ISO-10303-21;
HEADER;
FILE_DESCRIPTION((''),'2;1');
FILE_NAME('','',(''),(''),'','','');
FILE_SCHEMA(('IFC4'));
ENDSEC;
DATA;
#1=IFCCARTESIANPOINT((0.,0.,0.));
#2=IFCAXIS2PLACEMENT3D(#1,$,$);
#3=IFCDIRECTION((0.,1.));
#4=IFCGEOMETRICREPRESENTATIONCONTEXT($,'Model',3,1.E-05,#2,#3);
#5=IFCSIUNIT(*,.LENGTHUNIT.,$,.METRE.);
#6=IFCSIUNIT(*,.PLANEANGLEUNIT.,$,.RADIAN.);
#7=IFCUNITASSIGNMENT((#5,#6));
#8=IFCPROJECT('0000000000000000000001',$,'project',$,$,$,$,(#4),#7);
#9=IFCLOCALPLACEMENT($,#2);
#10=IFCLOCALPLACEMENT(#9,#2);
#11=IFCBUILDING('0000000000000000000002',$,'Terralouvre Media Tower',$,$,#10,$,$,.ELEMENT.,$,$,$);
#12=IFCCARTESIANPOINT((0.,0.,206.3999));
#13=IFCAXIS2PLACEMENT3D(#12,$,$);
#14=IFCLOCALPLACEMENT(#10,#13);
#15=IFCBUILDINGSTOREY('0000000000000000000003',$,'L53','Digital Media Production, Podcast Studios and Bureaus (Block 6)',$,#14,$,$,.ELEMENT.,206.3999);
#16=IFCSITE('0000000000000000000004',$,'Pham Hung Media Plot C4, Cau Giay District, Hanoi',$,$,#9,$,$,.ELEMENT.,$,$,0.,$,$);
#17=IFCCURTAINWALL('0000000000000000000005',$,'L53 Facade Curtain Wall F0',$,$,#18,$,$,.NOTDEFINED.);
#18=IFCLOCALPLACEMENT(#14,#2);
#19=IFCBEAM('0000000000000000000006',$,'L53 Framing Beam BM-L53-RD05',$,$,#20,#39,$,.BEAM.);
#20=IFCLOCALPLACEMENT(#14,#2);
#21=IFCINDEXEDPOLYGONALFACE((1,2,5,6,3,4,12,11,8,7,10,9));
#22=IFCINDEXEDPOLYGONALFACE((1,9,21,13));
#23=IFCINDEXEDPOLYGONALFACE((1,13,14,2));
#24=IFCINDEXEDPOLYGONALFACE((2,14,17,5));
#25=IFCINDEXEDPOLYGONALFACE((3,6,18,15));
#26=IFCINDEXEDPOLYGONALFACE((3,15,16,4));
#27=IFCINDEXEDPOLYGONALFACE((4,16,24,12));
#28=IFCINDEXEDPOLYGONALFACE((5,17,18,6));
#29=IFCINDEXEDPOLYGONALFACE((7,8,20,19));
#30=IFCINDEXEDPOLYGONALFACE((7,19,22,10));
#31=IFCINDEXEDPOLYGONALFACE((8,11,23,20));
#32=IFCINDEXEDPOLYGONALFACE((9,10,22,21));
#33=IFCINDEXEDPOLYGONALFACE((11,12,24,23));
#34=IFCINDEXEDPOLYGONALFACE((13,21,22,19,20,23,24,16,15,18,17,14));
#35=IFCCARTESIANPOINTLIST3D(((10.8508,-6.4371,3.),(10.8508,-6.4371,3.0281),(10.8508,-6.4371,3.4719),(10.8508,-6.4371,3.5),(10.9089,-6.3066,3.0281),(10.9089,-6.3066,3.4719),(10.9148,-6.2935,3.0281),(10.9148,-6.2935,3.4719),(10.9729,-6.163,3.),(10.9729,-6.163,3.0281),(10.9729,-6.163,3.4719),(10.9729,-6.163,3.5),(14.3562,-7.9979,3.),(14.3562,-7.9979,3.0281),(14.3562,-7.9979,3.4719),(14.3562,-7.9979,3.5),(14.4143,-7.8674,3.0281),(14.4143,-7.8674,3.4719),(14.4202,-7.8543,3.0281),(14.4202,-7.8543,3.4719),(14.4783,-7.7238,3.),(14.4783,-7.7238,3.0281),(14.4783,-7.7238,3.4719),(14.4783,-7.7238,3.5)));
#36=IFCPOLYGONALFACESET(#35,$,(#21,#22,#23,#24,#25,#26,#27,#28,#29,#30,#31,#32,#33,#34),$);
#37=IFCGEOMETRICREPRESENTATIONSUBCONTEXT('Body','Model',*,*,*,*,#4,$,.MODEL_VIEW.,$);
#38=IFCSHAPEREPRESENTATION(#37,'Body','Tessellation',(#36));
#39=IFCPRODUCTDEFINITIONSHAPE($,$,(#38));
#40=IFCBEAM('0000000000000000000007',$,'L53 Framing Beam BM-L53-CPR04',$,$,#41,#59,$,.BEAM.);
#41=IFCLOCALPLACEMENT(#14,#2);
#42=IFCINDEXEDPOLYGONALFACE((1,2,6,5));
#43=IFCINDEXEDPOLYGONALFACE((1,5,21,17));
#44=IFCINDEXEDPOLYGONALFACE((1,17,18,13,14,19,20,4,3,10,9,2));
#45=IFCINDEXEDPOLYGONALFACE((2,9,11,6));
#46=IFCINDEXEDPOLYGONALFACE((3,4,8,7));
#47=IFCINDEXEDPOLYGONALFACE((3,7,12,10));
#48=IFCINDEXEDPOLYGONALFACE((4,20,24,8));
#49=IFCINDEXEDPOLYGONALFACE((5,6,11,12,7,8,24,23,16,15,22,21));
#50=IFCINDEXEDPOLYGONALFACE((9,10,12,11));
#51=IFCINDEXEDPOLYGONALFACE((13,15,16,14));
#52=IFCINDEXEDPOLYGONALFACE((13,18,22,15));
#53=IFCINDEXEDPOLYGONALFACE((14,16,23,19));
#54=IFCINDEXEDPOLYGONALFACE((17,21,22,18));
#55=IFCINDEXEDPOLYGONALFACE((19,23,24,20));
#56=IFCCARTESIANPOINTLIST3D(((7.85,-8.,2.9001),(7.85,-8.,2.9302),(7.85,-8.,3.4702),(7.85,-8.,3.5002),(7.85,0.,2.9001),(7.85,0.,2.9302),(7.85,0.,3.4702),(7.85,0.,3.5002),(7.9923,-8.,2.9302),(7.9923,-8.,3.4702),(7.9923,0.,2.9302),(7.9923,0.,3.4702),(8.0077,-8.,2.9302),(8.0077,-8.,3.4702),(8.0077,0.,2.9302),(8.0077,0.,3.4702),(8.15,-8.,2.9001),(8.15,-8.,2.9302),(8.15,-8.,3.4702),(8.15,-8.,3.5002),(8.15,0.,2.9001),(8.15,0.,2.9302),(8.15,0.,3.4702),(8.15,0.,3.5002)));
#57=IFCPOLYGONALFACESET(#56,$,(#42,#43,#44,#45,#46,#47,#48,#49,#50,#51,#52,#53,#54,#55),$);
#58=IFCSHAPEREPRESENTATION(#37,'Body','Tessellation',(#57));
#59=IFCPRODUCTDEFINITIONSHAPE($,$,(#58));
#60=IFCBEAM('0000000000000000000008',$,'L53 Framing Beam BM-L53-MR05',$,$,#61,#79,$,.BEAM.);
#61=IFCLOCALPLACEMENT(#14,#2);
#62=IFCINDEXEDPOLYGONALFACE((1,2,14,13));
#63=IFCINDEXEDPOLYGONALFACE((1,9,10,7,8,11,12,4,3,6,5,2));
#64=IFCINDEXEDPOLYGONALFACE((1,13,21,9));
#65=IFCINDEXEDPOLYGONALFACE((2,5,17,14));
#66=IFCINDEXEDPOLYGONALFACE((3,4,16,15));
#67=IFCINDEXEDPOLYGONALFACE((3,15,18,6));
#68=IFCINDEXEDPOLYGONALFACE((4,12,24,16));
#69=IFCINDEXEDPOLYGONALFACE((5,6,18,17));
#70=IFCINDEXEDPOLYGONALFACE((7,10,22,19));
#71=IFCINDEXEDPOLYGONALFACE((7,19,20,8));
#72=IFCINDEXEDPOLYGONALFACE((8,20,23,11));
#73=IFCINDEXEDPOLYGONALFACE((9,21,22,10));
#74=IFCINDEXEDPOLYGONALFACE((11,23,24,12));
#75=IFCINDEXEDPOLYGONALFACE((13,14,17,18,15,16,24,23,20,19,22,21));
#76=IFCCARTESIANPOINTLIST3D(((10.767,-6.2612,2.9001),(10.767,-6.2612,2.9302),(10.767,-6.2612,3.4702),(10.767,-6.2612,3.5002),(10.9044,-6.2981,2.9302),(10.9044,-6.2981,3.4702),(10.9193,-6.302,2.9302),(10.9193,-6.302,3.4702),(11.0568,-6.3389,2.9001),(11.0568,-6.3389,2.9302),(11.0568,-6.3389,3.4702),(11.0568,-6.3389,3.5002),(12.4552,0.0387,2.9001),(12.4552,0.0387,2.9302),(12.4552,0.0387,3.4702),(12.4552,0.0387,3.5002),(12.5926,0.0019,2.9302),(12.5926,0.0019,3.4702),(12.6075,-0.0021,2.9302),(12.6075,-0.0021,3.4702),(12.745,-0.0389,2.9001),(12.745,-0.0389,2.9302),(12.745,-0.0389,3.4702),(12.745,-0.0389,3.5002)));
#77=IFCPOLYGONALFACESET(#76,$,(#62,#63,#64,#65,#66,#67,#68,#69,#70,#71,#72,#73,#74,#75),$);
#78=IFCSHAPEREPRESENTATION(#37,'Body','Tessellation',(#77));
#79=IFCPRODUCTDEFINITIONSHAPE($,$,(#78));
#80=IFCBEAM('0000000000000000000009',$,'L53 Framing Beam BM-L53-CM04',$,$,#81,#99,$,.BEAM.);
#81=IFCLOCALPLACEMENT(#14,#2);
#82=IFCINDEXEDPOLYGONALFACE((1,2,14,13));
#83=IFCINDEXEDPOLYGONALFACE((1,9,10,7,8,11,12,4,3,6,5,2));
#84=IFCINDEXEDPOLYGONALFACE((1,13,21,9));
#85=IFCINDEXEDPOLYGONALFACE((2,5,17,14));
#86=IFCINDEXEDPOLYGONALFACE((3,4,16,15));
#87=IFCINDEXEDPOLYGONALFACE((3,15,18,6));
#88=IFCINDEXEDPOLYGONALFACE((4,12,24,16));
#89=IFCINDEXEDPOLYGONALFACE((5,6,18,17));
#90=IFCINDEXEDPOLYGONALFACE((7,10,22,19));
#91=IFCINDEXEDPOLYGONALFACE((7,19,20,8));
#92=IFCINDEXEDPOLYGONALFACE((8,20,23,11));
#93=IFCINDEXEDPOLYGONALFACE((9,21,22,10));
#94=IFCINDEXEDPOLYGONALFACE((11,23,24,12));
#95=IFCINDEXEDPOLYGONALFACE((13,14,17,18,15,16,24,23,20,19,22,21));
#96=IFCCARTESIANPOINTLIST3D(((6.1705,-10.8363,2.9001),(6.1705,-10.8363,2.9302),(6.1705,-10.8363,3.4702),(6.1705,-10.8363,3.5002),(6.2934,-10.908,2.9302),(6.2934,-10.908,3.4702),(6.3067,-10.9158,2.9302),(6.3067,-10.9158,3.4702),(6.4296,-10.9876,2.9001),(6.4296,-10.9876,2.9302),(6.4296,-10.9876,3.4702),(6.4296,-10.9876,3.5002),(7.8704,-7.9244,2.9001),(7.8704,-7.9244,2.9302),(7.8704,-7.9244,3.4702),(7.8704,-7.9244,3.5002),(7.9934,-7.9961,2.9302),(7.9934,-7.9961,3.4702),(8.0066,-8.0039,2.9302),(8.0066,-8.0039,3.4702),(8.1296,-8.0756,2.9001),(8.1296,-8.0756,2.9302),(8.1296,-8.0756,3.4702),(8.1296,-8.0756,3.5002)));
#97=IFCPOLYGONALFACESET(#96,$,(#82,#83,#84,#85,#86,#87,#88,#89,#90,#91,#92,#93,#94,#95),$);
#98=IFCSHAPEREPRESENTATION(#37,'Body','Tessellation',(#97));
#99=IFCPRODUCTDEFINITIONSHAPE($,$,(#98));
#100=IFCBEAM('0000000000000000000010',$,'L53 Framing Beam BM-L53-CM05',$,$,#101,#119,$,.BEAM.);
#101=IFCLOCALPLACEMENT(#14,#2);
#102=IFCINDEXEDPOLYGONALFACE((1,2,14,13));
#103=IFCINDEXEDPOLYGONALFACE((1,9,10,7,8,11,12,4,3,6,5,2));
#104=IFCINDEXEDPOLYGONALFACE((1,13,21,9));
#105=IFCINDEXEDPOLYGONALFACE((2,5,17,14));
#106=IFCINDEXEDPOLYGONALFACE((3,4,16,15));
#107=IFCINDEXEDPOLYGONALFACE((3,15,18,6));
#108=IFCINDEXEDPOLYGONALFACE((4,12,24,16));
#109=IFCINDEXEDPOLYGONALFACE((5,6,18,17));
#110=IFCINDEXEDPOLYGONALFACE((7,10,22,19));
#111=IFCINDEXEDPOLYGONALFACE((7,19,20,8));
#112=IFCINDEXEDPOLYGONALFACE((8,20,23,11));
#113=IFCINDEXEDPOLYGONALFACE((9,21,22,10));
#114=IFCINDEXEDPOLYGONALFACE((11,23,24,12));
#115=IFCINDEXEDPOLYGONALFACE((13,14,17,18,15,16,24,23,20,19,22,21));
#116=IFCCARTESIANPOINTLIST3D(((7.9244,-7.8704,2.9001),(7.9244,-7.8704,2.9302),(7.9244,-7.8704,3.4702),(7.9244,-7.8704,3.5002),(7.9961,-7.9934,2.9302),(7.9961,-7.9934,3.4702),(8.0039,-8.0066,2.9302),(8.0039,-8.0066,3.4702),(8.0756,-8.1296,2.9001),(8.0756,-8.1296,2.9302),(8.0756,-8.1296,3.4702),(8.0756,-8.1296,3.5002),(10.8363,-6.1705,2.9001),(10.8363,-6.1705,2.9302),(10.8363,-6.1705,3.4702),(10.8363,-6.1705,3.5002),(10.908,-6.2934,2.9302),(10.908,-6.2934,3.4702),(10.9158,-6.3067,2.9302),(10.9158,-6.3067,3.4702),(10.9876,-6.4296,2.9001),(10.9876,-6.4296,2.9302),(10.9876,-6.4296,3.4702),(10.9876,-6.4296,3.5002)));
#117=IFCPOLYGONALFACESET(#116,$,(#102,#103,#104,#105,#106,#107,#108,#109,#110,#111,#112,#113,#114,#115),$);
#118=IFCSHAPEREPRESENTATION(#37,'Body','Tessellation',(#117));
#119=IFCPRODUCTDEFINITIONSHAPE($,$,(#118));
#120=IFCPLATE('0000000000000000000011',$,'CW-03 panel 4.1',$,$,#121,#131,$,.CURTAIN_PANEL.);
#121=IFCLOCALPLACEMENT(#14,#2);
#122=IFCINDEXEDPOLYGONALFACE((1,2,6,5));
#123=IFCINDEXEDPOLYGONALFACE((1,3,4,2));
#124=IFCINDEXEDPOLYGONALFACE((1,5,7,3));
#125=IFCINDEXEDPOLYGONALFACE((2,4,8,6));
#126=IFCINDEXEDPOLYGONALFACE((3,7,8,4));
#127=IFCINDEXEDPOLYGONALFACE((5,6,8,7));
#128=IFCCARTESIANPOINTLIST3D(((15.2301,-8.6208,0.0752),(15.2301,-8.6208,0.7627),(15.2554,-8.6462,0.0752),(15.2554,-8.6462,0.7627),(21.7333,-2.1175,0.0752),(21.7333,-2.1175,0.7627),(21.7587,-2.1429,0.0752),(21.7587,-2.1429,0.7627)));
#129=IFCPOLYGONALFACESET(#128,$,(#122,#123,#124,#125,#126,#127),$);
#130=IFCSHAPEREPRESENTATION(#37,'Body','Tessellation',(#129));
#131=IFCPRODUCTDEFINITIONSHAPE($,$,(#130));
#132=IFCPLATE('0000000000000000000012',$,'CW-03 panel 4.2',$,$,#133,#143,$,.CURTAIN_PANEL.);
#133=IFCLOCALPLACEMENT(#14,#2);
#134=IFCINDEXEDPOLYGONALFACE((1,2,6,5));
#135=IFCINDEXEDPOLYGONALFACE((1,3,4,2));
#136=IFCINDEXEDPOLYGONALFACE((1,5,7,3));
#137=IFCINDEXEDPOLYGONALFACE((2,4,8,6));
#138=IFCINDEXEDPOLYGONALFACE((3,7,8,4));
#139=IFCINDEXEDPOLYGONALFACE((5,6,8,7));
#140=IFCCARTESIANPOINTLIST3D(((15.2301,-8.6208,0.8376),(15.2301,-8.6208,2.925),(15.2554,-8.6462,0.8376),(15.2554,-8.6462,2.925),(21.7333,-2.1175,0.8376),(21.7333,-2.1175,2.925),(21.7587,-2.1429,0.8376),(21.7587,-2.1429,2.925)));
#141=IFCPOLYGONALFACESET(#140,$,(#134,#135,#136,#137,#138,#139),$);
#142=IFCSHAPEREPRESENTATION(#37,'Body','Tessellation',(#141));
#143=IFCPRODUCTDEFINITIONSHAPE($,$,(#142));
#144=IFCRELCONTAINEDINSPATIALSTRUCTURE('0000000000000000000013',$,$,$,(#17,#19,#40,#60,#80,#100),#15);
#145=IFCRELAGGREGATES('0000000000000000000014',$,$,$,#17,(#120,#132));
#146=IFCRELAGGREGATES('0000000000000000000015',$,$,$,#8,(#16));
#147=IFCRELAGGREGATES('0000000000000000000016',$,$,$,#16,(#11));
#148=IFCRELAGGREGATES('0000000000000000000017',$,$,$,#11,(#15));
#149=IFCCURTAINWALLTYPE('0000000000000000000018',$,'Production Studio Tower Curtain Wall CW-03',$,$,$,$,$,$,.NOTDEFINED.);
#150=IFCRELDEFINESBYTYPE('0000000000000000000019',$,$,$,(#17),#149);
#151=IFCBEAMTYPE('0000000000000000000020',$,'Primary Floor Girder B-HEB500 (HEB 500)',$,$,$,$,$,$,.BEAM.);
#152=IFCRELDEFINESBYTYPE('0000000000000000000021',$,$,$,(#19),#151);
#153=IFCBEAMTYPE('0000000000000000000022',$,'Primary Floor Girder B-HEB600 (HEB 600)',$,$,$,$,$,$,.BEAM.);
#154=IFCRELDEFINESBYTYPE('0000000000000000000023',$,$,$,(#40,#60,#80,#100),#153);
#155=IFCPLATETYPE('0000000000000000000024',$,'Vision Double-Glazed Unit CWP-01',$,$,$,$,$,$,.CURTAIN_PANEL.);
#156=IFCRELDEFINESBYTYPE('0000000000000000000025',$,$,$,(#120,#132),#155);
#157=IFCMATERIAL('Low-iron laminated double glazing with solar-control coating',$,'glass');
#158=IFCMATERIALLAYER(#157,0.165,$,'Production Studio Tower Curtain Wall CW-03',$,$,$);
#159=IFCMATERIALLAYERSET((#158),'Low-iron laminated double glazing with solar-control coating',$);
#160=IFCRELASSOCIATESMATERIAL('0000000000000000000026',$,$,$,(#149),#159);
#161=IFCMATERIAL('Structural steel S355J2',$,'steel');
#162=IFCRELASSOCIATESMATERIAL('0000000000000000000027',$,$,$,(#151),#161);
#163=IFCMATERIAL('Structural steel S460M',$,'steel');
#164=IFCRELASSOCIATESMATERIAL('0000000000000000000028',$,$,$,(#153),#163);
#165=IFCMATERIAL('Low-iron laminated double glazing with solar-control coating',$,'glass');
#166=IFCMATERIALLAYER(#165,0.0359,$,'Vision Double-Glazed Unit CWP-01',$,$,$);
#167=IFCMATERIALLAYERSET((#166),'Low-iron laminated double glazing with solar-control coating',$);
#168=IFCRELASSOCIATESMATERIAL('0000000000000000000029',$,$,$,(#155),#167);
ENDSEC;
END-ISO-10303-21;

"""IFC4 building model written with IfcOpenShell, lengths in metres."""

from ifc_helpers import new_model, si_unit, direction, frame, origin, origin_2d, place, context, subcontext, project, spatial, rectangle, i_section, extrude, material, layer, layer_set, material_profile, profile_set, type_object, element, aggregate, save


model = new_model("IFC4")

# Units and contexts
model_context = context("Model", 3, precision=1e-05, world=origin(), true_north=direction((0.0, 1.0)))
body_context = subcontext(model_context, "Body", "Model", "MODEL_VIEW")
ifc_project = project(units=[si_unit("LENGTHUNIT", "METRE"), si_unit("PLANEANGLEUNIT", "RADIAN")], contexts=[model_context])

# Site, building, storey
site_placement = place(None, origin())
site = spatial("IfcSite", under=ifc_project, at=site_placement, Name="Pham Hung Media Plot C4, Cau Giay District, Hanoi", CompositionType="ELEMENT", RefElevation=0.0)
building_placement = place(site_placement, origin())
building = spatial("IfcBuilding", under=site, at=building_placement, Name="Terralouvre Media Tower", CompositionType="ELEMENT")
storey_placement = place(building_placement, frame((0.0, 0.0, 206.3999)))
storey = spatial("IfcBuildingStorey", under=building, at=storey_placement, Name="L53", Description="Digital Media Production, Podcast Studios and Bureaus (Block 6)", CompositionType="ELEMENT", Elevation=206.3999)

# Curtain wall
ifc_material_1 = material(Name="Low-iron laminated double glazing with solar-control coating", Category="glass")
ifc_layer_1 = layer(ifc_material_1, 0.165, Name="Production Studio Tower Curtain Wall CW-03")
ifc_layer_set_1 = layer_set([ifc_layer_1], Name="Low-iron laminated double glazing with solar-control coating")
curtain_wall_type = type_object("IfcCurtainWallType", Name="Production Studio Tower Curtain Wall CW-03", PredefinedType="NOTDEFINED", material=ifc_layer_set_1)
curtain_wall_placement = place(storey_placement, origin())
curtain_wall = element("IfcCurtainWall", 1, at=curtain_wall_placement, inside=storey, type_object=curtain_wall_type, Name="L53 Facade Curtain Wall F0", PredefinedType="NOTDEFINED")

# Beams
ifc_material_2 = material(Name="Structural steel S355J2", Category="steel")
ifc_material_profile_1 = material_profile(ifc_material_2, i_section(OverallWidth=0.3, OverallDepth=0.5, WebThickness=0.0144, FlangeThickness=0.0281, at=origin_2d()), Name="HEB 500")
ifc_profile_set_1 = profile_set([ifc_material_profile_1], Name="Structural steel S355J2")
beam_type_1 = type_object("IfcBeamType", Name="Primary Floor Girder B-HEB500 (HEB 500)", PredefinedType="BEAM", material=ifc_profile_set_1)
beam_1_placement = place(storey_placement, frame((10.9119, -6.3, 3.25), z_axis=(0.913536, -0.406758, 0.0), x_axis=(0.406758, 0.913536, 0.0)))
element("IfcBeam", 2, at=beam_1_placement, inside=storey, type_object=beam_type_1, Name="L53 Framing Beam BM-L53-RD05", PredefinedType="BEAM", context=body_context, shape_type="SweptSolid", body=[
    extrude(i_section(OverallWidth=0.3, OverallDepth=0.5, WebThickness=0.0144, FlangeThickness=0.0281, at=origin_2d()), origin(), (0.0, 0.0, 1.0), 3.8372),
])
ifc_material_3 = material(Name="Structural steel S460M", Category="steel")
ifc_material_profile_2 = material_profile(ifc_material_3, i_section(OverallWidth=0.3, OverallDepth=0.6001, WebThickness=0.0154, FlangeThickness=0.03, at=origin_2d()), Name="HEB 600")
ifc_profile_set_2 = profile_set([ifc_material_profile_2], Name="Structural steel S460M")
beam_type_2 = type_object("IfcBeamType", Name="Primary Floor Girder B-HEB600 (HEB 600)", PredefinedType="BEAM", material=ifc_profile_set_2)
beam_2_placement = place(storey_placement, frame((8.0, -8.0, 3.2002), z_axis=(0.0, 1.0, 0.0), x_axis=(-1.0, 0.0, 0.0)))
element("IfcBeam", 3, at=beam_2_placement, inside=storey, type_object=beam_type_2, Name="L53 Framing Beam BM-L53-CPR04", PredefinedType="BEAM", context=body_context, shape_type="SweptSolid", body=[
    extrude(i_section(OverallWidth=0.3, OverallDepth=0.6001, WebThickness=0.0154, FlangeThickness=0.03, at=origin_2d()), origin(), (0.0, 0.0, 1.0), 8.0),
])
beam_3_placement = place(storey_placement, frame((10.9119, -6.3, 3.2002), z_axis=(0.258839, 0.96592, 0.0), x_axis=(-0.96592, 0.258839, 0.0)))
element("IfcBeam", 4, at=beam_3_placement, inside=storey, type_object=beam_type_2, Name="L53 Framing Beam BM-L53-MR05", PredefinedType="BEAM", context=body_context, shape_type="SweptSolid", body=[
    extrude(i_section(OverallWidth=0.3, OverallDepth=0.6001, WebThickness=0.0154, FlangeThickness=0.03, at=origin_2d()), origin(), (0.0, 0.0, 1.0), 6.5222),
])
for number, where, z_axis, x_axis, name in (
    (5, (8.0, -8.0, 3.2002), (-0.504173, -0.863603, 0.0), (0.863603, -0.504173, 0.0), "L53 Framing Beam BM-L53-CM04"),
    (6, (8.0, -8.0, 3.2002), (0.863603, 0.504173, 0.0), (-0.504173, 0.863603, 0.0), "L53 Framing Beam BM-L53-CM05"),
):
    element("IfcBeam", number, at=place(storey_placement, frame(where, z_axis=z_axis, x_axis=x_axis)), inside=storey, type_object=beam_type_2, Name=name, PredefinedType="BEAM", context=body_context, shape_type="SweptSolid", body=[
        extrude(i_section(OverallWidth=0.3, OverallDepth=0.6001, WebThickness=0.0154, FlangeThickness=0.03, at=origin_2d()), origin(), (0.0, 0.0, 1.0), 3.3718),
    ])

# Plates
ifc_material_4 = material(Name="Low-iron laminated double glazing with solar-control coating", Category="glass")
ifc_layer_2 = layer(ifc_material_4, 0.0359, Name="Vision Double-Glazed Unit CWP-01")
ifc_layer_set_2 = layer_set([ifc_layer_2], Name="Low-iron laminated double glazing with solar-control coating")
plate_type = type_object("IfcPlateType", Name="Vision Double-Glazed Unit CWP-01", PredefinedType="CURTAIN_PANEL", material=ifc_layer_set_2)
plate_1_placement = place(storey_placement, frame((18.4944, -5.3818, 0.0752), z_axis=(0.0, 0.0, 1.0), x_axis=(0.707107, 0.707107, 0.0)))
plate_1 = element("IfcPlate", 7, at=plate_1_placement, type_object=plate_type, Name="CW-03 panel 4.1", PredefinedType="CURTAIN_PANEL", context=body_context, shape_type="SweptSolid", body=[
    extrude(rectangle(XDim=9.197, YDim=0.0359, at=origin_2d()), origin(), (0.0, 0.0, 1.0), 0.6875),
])
plate_2_placement = place(storey_placement, frame((18.4944, -5.3818, 0.8376), z_axis=(0.0, 0.0, 1.0), x_axis=(0.707107, 0.707107, 0.0)))
plate_2 = element("IfcPlate", 8, at=plate_2_placement, type_object=plate_type, Name="CW-03 panel 4.2", PredefinedType="CURTAIN_PANEL", context=body_context, shape_type="SweptSolid", body=[
    extrude(rectangle(XDim=9.197, YDim=0.0359, at=origin_2d()), origin(), (0.0, 0.0, 1.0), 2.0874),
])
aggregate(curtain_wall, [plate_1, plate_2])

save(model, "model.ifc")
